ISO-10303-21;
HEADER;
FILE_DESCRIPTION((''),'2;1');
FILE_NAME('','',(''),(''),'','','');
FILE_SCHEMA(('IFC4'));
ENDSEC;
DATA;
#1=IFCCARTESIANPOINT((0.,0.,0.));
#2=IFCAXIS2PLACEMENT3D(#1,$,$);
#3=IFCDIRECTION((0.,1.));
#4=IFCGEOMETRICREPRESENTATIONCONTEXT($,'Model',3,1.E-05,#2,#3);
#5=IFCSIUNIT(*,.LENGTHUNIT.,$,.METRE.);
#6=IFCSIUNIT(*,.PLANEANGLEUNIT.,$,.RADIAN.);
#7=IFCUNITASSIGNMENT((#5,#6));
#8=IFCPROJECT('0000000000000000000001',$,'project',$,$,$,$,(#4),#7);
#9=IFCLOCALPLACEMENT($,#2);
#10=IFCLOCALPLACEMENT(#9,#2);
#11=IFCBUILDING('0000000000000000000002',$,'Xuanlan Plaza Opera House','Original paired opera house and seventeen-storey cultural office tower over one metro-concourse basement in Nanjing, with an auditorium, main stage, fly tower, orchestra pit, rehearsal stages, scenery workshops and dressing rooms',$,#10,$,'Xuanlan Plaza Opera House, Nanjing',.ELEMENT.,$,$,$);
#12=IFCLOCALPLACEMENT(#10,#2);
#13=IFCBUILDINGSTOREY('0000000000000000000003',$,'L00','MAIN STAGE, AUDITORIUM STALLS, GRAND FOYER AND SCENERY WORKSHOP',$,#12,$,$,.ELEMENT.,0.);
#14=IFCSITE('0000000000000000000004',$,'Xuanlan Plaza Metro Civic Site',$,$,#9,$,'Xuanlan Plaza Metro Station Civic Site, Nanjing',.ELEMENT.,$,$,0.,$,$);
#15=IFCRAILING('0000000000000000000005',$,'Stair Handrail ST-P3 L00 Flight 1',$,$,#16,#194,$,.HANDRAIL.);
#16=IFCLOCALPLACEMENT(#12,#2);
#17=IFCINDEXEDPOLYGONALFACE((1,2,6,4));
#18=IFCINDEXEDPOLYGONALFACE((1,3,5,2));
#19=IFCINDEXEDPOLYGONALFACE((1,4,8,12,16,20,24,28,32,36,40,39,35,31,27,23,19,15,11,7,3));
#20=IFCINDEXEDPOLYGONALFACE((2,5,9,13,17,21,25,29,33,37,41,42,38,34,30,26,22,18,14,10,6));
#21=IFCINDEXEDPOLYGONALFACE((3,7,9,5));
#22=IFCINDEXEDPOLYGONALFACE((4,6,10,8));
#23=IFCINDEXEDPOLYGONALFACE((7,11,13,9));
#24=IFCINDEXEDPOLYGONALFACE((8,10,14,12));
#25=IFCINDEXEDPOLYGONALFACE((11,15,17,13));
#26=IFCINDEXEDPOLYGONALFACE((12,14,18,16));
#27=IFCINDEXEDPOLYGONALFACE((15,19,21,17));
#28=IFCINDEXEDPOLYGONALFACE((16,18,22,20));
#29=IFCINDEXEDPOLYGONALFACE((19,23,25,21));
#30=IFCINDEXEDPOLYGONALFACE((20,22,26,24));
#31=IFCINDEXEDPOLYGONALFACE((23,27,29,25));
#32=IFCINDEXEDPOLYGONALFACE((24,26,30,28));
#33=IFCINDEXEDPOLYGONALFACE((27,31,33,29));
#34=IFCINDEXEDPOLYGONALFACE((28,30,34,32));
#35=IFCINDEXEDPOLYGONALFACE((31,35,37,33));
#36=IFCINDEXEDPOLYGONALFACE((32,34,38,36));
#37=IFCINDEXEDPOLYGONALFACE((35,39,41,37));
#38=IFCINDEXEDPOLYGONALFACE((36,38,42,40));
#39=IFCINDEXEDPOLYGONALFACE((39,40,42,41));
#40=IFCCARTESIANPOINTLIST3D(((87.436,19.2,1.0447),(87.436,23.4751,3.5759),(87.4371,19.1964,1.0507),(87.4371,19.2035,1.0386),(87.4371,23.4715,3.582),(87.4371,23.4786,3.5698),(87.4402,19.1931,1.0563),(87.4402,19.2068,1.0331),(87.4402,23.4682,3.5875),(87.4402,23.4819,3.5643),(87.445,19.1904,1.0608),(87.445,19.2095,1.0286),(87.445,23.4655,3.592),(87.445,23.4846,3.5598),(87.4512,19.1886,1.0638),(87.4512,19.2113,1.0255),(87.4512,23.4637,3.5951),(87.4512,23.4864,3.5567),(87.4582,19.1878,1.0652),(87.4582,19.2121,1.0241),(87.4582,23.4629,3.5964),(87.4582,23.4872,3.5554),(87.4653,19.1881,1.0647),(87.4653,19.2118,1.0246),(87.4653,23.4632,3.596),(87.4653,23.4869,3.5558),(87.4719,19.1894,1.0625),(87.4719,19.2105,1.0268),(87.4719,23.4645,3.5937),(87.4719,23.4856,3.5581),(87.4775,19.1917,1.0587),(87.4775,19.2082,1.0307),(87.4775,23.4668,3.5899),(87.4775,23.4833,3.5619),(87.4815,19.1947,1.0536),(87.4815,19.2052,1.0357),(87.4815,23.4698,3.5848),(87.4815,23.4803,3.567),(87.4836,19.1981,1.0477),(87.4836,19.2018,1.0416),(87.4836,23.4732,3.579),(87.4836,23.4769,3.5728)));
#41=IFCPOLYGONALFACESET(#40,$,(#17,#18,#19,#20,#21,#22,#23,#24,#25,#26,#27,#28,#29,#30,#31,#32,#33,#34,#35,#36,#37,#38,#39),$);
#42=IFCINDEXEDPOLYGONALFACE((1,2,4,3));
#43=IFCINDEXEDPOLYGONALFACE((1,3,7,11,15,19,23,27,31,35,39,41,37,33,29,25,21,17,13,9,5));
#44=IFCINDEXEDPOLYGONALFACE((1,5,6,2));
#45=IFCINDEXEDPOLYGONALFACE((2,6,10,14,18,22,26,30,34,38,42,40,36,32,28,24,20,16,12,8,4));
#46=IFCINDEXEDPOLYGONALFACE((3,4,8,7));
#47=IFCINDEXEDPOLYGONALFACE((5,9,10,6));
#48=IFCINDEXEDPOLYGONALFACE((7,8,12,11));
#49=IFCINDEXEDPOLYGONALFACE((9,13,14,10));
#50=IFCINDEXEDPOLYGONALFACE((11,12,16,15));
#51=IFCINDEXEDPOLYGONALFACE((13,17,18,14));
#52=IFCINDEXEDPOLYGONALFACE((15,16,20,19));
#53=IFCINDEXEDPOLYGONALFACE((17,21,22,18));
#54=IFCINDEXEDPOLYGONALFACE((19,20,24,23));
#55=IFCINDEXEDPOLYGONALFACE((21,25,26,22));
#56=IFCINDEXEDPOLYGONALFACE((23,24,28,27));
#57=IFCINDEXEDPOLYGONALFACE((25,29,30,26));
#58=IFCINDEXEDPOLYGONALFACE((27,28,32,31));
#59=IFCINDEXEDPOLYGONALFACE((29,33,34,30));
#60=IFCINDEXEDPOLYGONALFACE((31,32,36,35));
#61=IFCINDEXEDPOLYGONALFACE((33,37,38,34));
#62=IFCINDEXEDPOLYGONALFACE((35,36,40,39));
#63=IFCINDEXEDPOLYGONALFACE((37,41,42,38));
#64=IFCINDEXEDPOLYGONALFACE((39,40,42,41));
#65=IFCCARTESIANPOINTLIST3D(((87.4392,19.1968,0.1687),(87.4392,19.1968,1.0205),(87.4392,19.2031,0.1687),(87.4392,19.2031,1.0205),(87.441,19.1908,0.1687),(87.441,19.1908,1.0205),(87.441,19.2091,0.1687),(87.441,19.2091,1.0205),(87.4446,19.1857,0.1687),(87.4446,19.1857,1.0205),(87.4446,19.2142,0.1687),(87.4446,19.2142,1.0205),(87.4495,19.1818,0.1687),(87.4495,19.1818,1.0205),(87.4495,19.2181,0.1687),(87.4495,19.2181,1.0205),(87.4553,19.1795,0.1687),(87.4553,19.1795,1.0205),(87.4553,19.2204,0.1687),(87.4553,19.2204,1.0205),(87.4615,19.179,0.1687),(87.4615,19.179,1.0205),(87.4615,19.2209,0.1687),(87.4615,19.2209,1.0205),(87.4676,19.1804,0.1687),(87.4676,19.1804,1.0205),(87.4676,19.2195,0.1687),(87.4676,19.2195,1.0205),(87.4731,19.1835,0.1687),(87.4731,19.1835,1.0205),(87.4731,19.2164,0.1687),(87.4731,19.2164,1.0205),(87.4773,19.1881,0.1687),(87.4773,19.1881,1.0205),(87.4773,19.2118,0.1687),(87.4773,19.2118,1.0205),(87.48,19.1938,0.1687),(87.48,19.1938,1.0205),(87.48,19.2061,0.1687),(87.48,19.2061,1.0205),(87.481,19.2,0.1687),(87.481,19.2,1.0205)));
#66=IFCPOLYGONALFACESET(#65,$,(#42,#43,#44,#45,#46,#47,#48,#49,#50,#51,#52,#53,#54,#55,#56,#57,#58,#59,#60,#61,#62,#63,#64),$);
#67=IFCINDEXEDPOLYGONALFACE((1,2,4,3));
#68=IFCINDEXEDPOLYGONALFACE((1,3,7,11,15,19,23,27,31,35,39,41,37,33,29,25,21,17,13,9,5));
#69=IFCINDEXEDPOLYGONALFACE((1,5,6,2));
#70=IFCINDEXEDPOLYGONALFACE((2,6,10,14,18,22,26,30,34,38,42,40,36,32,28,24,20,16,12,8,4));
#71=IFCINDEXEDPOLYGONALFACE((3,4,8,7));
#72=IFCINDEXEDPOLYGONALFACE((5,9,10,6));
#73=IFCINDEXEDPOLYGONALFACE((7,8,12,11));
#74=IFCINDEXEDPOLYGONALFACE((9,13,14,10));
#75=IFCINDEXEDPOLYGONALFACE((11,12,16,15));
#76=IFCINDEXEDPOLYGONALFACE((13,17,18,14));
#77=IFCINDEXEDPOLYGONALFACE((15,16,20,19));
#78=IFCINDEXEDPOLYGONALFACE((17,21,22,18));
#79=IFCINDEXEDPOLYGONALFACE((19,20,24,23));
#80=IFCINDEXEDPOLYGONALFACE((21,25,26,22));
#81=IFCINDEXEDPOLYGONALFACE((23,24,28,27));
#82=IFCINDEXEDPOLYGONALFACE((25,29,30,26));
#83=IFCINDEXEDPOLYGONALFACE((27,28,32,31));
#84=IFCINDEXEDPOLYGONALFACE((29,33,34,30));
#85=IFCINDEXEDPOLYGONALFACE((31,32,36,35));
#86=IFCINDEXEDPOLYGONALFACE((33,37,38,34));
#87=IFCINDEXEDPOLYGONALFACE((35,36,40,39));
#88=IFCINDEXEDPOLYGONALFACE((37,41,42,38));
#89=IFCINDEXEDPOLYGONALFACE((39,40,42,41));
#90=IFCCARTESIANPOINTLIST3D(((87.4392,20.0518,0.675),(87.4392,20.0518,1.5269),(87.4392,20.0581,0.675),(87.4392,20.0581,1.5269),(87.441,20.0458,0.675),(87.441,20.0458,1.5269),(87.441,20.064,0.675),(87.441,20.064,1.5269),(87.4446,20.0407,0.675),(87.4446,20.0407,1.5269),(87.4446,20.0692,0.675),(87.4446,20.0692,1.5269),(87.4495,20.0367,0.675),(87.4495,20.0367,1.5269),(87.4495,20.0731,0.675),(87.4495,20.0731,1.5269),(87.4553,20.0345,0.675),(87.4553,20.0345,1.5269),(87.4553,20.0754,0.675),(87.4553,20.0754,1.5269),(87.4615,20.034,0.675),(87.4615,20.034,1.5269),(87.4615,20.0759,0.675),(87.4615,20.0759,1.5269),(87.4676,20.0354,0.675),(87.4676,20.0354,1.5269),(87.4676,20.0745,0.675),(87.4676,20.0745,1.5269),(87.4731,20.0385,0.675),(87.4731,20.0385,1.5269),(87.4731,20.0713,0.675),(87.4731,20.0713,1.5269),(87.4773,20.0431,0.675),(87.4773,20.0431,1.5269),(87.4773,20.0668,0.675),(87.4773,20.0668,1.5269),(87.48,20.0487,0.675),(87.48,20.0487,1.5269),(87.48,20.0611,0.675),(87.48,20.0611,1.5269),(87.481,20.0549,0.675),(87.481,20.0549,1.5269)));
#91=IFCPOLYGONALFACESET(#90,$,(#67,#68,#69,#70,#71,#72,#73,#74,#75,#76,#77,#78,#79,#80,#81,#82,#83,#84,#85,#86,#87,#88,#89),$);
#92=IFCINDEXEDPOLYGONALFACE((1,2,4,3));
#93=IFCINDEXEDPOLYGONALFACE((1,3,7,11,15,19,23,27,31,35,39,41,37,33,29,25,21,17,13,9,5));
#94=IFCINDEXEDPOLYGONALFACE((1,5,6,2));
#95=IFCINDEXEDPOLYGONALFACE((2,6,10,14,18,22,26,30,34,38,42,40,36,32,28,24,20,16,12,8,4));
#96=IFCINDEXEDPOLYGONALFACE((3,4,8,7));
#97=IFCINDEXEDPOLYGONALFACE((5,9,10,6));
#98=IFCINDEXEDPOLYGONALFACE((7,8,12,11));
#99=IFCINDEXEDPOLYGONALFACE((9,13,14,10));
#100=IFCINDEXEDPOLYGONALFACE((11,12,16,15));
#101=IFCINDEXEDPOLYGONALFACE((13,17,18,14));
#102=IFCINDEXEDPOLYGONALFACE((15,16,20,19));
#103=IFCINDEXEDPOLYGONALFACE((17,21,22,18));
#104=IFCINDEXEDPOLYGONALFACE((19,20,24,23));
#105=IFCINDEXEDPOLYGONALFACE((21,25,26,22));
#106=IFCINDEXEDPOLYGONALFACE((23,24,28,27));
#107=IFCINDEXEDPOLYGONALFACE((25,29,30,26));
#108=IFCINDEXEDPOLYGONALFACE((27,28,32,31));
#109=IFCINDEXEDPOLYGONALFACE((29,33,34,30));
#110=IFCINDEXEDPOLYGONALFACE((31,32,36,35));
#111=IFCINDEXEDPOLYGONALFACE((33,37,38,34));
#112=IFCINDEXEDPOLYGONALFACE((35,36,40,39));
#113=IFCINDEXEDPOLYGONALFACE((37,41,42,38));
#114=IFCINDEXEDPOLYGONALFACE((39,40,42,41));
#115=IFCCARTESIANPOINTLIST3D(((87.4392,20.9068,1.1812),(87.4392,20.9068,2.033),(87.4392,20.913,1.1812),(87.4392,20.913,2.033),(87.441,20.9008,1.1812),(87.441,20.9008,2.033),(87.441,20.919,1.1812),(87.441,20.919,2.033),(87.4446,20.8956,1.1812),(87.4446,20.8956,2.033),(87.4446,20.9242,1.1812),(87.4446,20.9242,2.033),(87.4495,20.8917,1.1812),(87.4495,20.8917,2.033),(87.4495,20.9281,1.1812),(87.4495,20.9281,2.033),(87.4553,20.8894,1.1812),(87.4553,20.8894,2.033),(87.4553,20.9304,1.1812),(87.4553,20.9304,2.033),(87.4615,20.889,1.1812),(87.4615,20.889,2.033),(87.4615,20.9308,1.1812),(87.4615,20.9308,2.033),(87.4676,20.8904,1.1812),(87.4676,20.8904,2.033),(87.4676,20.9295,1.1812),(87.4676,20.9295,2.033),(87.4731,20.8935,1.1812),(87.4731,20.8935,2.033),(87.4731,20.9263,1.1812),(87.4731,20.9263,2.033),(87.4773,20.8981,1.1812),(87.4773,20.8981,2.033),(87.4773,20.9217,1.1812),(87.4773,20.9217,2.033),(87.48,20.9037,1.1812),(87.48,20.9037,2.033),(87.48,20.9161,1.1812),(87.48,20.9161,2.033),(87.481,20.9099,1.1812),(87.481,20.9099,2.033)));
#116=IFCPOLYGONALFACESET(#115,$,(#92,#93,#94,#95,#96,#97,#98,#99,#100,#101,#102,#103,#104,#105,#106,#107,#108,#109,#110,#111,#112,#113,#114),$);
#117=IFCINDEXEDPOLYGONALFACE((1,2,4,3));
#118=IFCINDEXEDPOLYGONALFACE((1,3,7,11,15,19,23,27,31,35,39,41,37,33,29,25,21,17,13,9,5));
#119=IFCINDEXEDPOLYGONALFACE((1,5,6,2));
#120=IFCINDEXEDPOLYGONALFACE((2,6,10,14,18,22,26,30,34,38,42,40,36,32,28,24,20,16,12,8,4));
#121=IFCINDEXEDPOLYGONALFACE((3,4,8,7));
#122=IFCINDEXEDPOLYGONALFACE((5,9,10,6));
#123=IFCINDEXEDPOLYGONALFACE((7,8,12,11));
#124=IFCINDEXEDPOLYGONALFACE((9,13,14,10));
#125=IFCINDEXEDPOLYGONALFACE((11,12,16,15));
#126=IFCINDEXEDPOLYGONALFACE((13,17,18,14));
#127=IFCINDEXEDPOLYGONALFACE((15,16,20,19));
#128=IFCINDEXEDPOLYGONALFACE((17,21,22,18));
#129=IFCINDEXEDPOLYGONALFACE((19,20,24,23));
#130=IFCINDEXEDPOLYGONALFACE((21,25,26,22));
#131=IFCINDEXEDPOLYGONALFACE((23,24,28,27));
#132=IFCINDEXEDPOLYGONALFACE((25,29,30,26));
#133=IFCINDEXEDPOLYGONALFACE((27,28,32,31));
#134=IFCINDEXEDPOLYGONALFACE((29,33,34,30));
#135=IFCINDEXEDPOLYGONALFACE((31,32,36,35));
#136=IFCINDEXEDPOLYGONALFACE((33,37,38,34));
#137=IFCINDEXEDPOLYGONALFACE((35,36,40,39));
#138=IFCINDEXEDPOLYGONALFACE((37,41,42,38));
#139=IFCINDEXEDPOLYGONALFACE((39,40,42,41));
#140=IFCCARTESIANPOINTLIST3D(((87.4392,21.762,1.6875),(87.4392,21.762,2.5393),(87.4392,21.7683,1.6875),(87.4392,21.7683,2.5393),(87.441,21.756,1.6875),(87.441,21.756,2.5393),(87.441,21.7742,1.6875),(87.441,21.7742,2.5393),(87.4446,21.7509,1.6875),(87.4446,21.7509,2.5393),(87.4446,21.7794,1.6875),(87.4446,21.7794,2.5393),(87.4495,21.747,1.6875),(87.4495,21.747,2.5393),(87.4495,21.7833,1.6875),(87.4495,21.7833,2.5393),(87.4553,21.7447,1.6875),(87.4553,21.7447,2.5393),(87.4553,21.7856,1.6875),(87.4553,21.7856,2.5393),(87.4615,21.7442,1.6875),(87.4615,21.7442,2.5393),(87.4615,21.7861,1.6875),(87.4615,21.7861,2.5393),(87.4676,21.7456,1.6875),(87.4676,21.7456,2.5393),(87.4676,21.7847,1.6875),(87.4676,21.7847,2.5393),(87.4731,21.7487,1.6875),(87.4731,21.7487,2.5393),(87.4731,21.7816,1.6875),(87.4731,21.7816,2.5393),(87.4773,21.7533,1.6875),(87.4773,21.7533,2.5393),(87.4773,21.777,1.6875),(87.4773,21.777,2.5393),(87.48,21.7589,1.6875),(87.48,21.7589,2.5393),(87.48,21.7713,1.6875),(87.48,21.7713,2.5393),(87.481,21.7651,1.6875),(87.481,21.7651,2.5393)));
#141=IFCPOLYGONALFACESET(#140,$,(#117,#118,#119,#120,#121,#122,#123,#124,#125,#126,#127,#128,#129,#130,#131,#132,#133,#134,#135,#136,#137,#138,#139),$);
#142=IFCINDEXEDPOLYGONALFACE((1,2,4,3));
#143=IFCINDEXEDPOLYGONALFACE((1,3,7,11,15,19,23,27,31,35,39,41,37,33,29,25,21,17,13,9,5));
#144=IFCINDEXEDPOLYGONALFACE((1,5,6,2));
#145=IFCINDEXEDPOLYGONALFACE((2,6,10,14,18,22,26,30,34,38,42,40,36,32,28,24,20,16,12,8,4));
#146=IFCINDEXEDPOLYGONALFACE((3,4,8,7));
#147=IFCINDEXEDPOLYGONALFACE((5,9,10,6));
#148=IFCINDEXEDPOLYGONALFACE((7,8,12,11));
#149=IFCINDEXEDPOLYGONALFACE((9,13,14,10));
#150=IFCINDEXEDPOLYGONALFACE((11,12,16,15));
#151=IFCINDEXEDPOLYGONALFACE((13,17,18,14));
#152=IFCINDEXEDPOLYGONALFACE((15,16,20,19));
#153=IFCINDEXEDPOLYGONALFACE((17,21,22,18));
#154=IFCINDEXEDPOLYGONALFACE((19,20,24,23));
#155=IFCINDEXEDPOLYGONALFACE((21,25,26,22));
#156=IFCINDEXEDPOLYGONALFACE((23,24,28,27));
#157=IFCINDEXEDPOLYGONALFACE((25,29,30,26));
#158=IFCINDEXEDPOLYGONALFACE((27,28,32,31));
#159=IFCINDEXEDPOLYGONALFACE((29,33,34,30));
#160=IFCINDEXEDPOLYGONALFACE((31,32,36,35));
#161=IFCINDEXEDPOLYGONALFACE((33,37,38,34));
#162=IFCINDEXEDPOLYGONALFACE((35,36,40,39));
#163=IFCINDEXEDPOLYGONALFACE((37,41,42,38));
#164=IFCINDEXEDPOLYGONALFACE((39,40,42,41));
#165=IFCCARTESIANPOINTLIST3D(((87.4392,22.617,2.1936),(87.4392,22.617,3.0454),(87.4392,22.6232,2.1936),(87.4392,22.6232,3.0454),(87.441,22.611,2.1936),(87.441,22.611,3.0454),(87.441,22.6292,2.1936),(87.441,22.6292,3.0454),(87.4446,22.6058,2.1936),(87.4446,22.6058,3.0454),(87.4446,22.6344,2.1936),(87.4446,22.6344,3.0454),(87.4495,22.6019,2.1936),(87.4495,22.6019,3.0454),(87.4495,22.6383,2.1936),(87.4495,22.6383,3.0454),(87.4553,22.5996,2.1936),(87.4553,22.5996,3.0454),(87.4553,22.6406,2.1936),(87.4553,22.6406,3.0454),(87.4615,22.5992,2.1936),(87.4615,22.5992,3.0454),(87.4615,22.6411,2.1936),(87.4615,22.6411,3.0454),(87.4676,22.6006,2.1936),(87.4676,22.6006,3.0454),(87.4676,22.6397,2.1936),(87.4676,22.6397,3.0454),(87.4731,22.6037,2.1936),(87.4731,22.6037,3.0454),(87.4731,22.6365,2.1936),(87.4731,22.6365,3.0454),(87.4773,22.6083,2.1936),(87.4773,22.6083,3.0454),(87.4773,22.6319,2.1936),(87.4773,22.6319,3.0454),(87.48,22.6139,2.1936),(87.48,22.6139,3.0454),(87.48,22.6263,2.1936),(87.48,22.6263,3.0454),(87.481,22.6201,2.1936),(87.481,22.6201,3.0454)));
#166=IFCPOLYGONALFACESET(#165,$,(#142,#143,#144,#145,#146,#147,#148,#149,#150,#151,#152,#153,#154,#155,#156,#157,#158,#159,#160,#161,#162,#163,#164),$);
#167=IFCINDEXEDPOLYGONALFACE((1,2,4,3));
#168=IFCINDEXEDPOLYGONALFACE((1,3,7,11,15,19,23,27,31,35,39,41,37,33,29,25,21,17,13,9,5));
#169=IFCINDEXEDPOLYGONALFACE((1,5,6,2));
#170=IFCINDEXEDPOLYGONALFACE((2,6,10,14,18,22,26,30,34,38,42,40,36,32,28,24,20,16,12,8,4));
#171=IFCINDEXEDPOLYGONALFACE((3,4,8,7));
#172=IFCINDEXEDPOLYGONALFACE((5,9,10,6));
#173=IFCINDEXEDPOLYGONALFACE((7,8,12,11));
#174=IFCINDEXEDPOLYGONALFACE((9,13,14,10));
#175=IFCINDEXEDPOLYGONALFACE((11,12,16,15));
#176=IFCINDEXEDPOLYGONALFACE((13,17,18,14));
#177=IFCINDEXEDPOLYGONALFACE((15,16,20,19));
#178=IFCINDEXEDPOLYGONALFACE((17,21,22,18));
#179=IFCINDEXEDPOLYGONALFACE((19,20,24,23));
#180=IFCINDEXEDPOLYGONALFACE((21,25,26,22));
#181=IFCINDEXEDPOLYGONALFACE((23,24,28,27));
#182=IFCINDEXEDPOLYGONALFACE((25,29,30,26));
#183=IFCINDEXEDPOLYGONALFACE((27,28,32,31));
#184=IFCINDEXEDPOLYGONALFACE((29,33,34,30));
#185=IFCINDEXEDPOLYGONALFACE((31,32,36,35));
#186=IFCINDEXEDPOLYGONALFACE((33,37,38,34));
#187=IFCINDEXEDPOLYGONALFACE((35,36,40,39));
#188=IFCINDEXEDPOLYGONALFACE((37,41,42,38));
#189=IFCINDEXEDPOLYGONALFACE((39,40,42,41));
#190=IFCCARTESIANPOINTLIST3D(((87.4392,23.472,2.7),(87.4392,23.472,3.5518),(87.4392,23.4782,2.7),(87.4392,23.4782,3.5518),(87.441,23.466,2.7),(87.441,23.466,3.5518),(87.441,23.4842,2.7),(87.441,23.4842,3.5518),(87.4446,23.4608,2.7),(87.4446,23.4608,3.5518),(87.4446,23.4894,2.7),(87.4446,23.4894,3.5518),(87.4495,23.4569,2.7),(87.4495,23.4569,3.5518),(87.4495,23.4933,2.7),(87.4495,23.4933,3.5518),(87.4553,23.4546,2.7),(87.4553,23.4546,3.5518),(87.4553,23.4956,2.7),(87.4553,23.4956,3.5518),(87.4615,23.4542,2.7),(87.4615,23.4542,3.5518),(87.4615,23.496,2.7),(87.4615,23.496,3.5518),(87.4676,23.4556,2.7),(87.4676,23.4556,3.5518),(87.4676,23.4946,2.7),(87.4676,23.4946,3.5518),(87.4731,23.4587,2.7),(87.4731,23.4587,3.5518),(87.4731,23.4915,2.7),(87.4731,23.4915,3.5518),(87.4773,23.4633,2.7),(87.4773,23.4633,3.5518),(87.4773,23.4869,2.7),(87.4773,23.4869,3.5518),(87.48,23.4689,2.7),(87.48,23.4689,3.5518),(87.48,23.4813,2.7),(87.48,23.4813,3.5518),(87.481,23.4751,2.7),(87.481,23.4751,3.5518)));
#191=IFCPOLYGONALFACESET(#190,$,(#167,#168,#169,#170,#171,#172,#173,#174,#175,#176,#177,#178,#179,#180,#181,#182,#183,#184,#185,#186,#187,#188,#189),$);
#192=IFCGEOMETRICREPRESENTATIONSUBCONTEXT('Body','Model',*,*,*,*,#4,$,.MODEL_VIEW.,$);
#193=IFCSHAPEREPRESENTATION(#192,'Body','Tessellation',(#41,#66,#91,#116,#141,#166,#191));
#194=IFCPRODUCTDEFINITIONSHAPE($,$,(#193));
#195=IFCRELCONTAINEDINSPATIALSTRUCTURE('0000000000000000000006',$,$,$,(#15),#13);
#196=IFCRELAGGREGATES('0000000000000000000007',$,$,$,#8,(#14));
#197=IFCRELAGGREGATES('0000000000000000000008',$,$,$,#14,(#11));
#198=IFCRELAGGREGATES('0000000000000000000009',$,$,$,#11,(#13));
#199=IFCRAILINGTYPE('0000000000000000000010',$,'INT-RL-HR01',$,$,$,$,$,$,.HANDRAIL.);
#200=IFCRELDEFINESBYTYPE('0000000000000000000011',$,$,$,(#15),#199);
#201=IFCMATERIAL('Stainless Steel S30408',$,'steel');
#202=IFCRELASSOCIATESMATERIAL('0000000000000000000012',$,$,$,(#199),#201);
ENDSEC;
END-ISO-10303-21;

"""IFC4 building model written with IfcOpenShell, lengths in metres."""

from ifc_helpers import new_model, si_unit, direction, frame, origin, origin_2d, place, context, subcontext, project, spatial, circle, extrude, material, type_object, element, save


model = new_model("IFC4")

# Units and contexts
model_context = context("Model", 3, precision=1e-05, world=origin(), true_north=direction((0.0, 1.0)))
body_context = subcontext(model_context, "Body", "Model", "MODEL_VIEW")
ifc_project = project(units=[si_unit("LENGTHUNIT", "METRE"), si_unit("PLANEANGLEUNIT", "RADIAN")], contexts=[model_context])

# Site, building, storey
site_placement = place(None, origin())
site = spatial("IfcSite", under=ifc_project, at=site_placement, Name="Xuanlan Plaza Metro Civic Site", LongName="Xuanlan Plaza Metro Station Civic Site, Nanjing", CompositionType="ELEMENT", RefElevation=0.0)
building_placement = place(site_placement, origin())
building = spatial("IfcBuilding", under=site, at=building_placement, Name="Xuanlan Plaza Opera House", Description="Original paired opera house and seventeen-storey cultural office tower over one metro-concourse basement in Nanjing, with an auditorium, main stage, fly tower, orchestra pit, rehearsal stages, scenery workshops and dressing rooms", LongName="Xuanlan Plaza Opera House, Nanjing", CompositionType="ELEMENT")
storey_placement = place(building_placement, origin())
storey = spatial("IfcBuildingStorey", under=building, at=storey_placement, Name="L00", Description="MAIN STAGE, AUDITORIUM STALLS, GRAND FOYER AND SCENERY WORKSHOP", CompositionType="ELEMENT", Elevation=0.0)

# Railing
ifc_material_1 = material(Name="Stainless Steel S30408", Category="steel")
railing_type = type_object("IfcRailingType", Name="INT-RL-HR01", PredefinedType="HANDRAIL", material=ifc_material_1)
railing_placement = place(storey_placement, frame((87.46, 19.2, 0.1687)))
element("IfcRailing", 1, at=railing_placement, inside=storey, type_object=railing_type, Name="Stair Handrail ST-P3 L00 Flight 1", PredefinedType="HANDRAIL", context=body_context, shape_type="SweptSolid", body=[
    extrude(circle(Radius=0.0239, at=origin_2d()), frame((0.0, 0.0, 0.876), z_axis=(0.0, 0.860483, 0.509479), x_axis=(-1.0, 0.0, 0.0)), (0.0, 0.0, 1.0), 4.9683),
    extrude(circle(Radius=0.021, at=origin_2d()), origin(), (0.0, 0.0, 1.0), 0.8518),
    extrude(circle(Radius=0.021, at=origin_2d()), frame((0.0, 0.855, 0.5063)), (0.0, 0.0, 1.0), 0.8518),
    extrude(circle(Radius=0.021, at=origin_2d()), frame((0.0, 1.71, 1.0125)), (0.0, 0.0, 1.0), 0.8518),
    extrude(circle(Radius=0.021, at=origin_2d()), frame((0.0, 2.5652, 1.5188)), (0.0, 0.0, 1.0), 0.8518),
    extrude(circle(Radius=0.021, at=origin_2d()), frame((0.0, 3.4202, 2.0249)), (0.0, 0.0, 1.0), 0.8518),
    extrude(circle(Radius=0.021, at=origin_2d()), frame((0.0, 4.2751, 2.5312)), (0.0, 0.0, 1.0), 0.8518),
])

save(model, "model.ifc")
